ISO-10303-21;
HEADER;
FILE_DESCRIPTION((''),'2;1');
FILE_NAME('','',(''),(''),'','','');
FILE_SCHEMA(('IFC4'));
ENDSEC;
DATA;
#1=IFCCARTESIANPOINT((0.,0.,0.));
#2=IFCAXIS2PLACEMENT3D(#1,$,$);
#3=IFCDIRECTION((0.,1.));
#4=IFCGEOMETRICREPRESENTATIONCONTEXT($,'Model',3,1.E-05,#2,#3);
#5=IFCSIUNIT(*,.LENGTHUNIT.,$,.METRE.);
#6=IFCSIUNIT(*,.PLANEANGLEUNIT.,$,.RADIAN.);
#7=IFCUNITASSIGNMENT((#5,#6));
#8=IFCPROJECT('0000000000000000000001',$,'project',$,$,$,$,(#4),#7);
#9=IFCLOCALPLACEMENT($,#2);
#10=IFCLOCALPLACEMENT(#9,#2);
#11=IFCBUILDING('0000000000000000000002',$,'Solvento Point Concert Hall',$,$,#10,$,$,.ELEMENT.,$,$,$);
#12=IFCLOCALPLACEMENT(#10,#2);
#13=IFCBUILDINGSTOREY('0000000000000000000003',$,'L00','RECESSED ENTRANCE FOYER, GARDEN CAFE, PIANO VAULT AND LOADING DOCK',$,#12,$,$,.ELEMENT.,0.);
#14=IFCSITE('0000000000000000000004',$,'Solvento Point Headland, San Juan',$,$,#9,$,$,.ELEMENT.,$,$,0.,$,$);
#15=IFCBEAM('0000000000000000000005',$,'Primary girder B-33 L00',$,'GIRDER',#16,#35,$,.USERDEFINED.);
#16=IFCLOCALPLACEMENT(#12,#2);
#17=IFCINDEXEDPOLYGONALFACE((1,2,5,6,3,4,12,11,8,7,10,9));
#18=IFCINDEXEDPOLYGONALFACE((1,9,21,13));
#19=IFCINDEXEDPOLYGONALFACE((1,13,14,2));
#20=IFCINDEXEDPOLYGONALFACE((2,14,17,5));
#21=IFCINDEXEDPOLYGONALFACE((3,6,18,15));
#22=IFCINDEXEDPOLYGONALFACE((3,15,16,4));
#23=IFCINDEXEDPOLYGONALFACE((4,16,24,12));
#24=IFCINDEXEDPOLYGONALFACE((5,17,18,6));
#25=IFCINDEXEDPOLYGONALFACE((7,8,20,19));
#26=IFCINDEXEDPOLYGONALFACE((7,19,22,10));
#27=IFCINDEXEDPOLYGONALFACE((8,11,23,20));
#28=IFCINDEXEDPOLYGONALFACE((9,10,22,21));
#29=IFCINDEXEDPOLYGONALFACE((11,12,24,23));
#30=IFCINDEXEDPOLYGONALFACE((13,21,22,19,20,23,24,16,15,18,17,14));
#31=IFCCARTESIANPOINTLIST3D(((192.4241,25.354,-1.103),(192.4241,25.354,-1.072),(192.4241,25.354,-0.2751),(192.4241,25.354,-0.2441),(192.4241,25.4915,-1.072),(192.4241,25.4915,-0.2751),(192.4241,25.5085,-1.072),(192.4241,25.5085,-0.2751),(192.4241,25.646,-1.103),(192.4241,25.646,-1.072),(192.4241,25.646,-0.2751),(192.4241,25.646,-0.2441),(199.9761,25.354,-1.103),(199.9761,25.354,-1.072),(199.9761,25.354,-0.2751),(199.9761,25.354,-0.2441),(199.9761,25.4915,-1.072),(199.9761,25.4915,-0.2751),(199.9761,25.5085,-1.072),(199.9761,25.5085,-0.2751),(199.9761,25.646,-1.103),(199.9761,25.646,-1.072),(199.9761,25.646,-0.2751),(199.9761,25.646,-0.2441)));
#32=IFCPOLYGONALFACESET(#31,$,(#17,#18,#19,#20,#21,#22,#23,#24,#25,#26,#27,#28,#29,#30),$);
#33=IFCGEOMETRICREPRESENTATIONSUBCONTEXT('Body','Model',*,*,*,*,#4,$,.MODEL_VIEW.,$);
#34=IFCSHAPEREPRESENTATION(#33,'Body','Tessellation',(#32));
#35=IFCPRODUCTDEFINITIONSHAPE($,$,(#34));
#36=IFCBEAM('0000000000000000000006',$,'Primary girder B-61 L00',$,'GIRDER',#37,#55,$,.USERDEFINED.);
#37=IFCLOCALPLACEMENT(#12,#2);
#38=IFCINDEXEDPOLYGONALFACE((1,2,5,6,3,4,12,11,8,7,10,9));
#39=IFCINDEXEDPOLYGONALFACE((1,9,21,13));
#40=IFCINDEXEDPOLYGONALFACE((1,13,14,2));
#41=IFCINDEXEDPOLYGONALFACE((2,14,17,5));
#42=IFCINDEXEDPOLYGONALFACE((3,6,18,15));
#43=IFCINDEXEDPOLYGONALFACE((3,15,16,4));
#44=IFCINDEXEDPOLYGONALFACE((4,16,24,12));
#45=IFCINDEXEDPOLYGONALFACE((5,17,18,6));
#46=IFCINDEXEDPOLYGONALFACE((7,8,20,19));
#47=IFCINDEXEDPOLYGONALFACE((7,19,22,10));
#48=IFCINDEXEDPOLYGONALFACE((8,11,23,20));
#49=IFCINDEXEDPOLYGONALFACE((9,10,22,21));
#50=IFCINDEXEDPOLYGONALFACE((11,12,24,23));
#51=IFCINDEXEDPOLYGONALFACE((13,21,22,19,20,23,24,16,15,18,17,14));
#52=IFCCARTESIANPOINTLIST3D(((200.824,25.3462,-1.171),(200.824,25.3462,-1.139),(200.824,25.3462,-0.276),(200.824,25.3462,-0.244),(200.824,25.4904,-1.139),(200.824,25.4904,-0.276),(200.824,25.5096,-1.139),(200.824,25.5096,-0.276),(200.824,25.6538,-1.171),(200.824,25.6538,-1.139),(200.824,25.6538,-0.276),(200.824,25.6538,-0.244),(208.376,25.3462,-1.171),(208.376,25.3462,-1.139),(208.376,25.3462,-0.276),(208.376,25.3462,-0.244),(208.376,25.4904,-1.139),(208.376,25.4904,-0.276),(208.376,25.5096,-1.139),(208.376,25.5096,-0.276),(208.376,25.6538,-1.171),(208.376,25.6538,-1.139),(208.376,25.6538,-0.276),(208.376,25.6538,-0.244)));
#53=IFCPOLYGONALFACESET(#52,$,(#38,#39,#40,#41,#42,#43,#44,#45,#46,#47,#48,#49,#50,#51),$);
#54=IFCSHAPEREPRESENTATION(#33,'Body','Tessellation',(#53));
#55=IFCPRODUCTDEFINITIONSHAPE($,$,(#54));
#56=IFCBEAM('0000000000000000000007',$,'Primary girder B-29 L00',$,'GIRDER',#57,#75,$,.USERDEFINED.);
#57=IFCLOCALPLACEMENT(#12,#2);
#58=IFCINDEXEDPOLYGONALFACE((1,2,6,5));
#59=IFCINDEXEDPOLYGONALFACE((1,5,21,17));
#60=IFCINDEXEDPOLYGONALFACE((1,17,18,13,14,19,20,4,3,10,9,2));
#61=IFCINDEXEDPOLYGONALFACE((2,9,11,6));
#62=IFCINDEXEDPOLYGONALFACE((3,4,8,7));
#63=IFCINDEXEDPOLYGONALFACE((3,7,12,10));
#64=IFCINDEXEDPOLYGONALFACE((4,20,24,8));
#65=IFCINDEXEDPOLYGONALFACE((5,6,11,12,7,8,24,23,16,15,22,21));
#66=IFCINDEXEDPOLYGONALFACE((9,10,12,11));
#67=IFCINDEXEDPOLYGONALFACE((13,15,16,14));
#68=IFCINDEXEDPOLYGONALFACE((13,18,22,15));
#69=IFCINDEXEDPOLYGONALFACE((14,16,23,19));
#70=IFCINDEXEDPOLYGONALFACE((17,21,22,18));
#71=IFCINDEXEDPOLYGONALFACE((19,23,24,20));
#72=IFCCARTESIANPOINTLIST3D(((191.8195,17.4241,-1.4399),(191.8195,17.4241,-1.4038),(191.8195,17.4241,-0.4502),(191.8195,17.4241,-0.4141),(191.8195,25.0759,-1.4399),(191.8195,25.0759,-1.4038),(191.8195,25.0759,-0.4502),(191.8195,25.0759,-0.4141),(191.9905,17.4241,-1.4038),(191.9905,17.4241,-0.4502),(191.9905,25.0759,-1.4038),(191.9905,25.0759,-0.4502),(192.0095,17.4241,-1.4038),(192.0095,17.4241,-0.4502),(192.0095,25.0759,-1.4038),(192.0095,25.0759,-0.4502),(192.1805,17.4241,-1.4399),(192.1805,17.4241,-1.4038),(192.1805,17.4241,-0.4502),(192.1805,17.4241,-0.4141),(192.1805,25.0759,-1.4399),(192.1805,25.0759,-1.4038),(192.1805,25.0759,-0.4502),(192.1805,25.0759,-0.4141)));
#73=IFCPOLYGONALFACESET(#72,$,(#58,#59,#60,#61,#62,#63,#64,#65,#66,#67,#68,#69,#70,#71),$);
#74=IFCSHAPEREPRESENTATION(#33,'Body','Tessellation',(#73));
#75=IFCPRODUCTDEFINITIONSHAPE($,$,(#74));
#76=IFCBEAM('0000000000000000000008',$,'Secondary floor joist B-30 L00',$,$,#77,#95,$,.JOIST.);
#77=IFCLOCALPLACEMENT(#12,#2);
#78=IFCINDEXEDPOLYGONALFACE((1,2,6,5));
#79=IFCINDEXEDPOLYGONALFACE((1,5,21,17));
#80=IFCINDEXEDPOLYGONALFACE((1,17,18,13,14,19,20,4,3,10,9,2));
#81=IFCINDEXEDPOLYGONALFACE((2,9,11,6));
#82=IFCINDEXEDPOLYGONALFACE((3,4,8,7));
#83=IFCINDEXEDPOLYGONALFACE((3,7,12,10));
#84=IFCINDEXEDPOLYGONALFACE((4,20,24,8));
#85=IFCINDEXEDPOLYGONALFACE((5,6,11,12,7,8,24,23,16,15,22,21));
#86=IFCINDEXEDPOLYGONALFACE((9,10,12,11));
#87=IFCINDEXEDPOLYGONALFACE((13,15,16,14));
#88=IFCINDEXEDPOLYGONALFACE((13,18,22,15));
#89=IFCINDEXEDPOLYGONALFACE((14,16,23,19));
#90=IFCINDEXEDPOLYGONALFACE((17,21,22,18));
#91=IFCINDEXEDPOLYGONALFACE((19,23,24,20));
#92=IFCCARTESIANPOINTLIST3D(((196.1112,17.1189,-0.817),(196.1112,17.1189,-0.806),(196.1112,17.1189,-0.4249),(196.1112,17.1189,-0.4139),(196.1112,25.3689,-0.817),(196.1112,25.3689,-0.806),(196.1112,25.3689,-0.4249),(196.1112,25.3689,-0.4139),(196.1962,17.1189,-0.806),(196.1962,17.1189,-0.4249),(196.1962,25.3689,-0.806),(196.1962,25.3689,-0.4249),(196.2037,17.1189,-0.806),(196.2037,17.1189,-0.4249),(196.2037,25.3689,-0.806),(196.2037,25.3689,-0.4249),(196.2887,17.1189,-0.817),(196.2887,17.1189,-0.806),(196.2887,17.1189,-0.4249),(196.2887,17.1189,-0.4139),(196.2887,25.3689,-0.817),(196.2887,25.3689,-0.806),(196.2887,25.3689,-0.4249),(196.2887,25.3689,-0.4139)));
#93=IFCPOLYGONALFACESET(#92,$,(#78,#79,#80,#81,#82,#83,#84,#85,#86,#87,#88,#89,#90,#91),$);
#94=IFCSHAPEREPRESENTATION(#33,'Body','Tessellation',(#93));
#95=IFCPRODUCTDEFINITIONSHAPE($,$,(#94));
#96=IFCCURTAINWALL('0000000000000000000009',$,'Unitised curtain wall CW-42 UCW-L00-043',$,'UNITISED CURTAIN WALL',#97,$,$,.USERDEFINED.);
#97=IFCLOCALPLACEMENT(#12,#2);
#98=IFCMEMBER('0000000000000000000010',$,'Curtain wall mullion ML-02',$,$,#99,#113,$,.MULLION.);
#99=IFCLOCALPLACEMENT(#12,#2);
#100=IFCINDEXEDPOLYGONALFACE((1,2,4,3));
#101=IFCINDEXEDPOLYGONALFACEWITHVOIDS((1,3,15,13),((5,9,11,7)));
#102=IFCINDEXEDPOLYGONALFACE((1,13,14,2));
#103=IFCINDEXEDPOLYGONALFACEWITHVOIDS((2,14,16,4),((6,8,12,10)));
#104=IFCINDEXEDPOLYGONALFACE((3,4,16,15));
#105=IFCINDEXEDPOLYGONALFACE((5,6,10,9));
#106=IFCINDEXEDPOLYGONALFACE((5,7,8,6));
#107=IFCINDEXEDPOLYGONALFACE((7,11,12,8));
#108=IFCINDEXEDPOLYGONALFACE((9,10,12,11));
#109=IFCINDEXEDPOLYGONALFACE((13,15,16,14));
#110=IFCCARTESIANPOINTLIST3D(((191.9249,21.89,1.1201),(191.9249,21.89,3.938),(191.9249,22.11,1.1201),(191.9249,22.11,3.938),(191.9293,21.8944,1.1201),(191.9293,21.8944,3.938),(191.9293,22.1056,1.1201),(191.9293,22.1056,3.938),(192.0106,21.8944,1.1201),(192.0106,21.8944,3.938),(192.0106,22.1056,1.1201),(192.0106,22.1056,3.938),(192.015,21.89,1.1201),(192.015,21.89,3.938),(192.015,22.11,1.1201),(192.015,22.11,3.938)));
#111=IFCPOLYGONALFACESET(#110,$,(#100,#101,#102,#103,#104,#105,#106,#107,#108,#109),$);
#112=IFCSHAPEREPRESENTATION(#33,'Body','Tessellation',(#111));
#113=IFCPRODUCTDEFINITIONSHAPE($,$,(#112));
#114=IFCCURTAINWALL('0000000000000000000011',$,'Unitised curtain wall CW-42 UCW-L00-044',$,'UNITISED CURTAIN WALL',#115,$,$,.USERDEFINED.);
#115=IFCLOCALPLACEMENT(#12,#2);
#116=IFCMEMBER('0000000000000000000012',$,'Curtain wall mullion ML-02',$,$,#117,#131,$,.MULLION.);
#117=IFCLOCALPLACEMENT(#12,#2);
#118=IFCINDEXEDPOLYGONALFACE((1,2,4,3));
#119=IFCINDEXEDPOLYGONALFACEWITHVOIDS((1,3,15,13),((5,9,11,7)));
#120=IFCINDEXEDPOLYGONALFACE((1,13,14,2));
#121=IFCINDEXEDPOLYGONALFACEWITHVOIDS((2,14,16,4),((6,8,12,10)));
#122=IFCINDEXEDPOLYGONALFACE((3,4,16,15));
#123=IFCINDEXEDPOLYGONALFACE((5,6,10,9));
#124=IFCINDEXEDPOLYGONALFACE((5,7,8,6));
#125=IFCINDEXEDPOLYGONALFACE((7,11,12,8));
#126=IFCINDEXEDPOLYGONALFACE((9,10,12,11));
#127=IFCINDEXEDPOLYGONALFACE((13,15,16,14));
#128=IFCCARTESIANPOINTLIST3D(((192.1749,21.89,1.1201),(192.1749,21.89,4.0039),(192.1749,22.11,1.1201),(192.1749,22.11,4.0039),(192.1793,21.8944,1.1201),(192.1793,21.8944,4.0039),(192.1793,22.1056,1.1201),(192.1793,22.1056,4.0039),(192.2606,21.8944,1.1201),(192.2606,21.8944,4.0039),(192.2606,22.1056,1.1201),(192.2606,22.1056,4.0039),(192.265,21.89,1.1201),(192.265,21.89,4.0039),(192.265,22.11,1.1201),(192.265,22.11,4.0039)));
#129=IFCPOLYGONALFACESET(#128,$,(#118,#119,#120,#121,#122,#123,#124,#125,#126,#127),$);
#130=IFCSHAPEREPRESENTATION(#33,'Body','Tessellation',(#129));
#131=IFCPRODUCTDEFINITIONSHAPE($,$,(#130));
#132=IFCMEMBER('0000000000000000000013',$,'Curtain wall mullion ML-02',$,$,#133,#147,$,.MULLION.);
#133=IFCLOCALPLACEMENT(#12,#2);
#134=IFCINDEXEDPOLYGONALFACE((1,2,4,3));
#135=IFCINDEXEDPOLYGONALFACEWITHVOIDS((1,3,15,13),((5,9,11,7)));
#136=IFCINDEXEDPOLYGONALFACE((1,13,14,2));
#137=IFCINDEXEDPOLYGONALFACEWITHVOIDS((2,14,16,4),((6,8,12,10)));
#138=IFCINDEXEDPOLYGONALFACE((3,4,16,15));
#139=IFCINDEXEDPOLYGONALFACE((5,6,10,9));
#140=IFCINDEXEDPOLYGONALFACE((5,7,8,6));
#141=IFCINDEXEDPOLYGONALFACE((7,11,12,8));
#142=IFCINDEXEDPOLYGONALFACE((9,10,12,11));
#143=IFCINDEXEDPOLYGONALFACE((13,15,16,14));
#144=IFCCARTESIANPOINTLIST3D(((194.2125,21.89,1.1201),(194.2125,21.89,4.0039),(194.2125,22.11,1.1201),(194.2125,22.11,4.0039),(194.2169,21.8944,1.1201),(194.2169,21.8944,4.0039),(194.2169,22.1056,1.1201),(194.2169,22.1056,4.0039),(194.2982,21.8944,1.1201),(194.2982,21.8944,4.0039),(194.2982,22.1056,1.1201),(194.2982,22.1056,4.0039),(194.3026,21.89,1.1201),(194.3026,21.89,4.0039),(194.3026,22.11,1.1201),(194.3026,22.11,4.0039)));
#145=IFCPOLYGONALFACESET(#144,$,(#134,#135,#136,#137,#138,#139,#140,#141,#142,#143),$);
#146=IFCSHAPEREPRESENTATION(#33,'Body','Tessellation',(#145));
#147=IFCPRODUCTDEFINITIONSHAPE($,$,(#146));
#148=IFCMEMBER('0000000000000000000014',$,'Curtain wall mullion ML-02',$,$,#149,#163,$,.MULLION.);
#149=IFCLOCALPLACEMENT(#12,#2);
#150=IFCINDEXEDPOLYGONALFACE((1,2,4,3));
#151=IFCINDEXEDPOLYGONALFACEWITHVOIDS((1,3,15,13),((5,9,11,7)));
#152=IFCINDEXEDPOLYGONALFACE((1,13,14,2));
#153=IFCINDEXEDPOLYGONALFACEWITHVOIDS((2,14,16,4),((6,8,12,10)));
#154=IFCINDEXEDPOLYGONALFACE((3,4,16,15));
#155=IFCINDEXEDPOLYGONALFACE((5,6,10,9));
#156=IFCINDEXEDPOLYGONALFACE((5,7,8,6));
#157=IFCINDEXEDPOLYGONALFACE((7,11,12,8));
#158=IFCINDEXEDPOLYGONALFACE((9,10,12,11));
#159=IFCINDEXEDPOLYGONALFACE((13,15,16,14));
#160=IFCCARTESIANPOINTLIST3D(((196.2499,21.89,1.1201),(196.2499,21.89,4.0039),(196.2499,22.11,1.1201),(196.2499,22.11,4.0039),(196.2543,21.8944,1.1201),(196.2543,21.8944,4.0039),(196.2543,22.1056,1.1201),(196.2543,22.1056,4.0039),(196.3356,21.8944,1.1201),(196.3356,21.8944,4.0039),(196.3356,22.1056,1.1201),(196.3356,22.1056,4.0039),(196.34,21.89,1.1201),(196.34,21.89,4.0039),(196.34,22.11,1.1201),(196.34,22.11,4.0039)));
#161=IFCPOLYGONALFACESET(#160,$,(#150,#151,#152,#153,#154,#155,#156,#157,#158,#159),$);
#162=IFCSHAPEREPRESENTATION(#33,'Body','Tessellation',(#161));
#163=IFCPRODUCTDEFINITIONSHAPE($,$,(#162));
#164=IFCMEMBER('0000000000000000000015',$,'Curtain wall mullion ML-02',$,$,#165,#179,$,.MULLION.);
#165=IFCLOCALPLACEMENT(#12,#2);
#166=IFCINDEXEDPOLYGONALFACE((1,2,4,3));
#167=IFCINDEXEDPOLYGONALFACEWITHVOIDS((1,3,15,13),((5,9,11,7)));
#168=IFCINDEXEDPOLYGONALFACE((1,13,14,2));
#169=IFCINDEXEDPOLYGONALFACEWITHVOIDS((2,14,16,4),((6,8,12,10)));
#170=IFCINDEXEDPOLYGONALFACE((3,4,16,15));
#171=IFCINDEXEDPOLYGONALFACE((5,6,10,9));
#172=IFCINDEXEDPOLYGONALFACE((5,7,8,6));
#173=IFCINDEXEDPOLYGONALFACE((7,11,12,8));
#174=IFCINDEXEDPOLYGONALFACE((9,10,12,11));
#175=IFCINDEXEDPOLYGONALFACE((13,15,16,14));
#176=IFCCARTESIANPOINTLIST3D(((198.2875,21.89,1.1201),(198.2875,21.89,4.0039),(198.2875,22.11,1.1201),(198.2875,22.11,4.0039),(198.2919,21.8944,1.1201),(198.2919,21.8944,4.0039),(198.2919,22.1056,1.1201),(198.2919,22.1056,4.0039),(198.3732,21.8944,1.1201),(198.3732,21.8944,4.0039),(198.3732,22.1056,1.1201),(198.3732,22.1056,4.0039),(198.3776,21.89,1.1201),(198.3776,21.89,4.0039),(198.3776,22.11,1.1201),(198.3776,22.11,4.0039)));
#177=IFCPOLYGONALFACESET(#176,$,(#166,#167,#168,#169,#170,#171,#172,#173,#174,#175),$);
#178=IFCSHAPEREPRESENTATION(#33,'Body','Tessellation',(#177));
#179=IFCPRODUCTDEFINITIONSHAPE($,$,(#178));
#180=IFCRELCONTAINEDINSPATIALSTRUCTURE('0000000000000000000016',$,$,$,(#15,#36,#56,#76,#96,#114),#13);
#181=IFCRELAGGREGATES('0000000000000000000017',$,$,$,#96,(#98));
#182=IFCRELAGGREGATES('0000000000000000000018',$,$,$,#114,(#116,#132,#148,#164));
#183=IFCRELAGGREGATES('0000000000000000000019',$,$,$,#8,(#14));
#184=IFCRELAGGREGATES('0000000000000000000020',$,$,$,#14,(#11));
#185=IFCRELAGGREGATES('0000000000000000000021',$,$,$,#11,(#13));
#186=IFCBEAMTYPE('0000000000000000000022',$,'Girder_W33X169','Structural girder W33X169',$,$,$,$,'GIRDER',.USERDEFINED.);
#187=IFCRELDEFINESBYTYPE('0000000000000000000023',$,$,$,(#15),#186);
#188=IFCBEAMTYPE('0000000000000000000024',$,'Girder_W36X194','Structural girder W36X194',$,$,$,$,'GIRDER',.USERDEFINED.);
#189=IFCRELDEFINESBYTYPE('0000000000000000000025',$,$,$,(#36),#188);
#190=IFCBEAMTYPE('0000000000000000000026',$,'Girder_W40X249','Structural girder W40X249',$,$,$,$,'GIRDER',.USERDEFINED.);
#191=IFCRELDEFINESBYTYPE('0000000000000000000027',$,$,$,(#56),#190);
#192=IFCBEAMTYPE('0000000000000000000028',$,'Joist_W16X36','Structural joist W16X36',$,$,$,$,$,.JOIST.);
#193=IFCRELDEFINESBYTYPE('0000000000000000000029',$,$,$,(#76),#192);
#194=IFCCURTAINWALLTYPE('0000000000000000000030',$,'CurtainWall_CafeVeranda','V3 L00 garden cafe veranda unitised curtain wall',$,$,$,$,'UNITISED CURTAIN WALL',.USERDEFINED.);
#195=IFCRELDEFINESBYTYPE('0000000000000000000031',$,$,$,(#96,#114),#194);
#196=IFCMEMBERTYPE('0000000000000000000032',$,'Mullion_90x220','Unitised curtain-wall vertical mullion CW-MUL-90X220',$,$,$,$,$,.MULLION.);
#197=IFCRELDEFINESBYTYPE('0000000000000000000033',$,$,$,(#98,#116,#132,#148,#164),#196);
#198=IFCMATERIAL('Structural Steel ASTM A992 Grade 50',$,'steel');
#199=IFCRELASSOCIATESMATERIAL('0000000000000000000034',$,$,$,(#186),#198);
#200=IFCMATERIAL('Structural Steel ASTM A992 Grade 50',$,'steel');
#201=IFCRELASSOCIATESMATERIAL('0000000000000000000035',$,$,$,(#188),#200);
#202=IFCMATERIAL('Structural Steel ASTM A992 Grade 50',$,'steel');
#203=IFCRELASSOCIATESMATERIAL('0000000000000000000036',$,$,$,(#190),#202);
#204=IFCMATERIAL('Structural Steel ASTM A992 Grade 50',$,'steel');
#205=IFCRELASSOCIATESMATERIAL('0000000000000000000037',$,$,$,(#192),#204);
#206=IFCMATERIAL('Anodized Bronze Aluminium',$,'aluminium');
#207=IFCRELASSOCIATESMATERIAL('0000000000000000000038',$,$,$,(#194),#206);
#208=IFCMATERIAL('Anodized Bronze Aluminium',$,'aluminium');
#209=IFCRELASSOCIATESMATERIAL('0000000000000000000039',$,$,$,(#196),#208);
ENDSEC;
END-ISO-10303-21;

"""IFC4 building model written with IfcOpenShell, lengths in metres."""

from ifc_helpers import new_model, si_unit, direction, frame, origin, origin_2d, place, context, subcontext, project, spatial, hollow_rectangle, i_section, extrude, material, material_profile, profile_set, type_object, element, aggregate, save


model = new_model("IFC4")

# Units and contexts
model_context = context("Model", 3, precision=1e-05, world=origin(), true_north=direction((0.0, 1.0)))
body_context = subcontext(model_context, "Body", "Model", "MODEL_VIEW")
ifc_project = project(units=[si_unit("LENGTHUNIT", "METRE"), si_unit("PLANEANGLEUNIT", "RADIAN")], contexts=[model_context])

# Site, building, storey
site_placement = place(None, origin())
site = spatial("IfcSite", under=ifc_project, at=site_placement, Name="Solvento Point Headland, San Juan", CompositionType="ELEMENT", RefElevation=0.0)
building_placement = place(site_placement, origin())
building = spatial("IfcBuilding", under=site, at=building_placement, Name="Solvento Point Concert Hall", CompositionType="ELEMENT")
storey_placement = place(building_placement, origin())
storey = spatial("IfcBuildingStorey", under=building, at=storey_placement, Name="L00", Description="RECESSED ENTRANCE FOYER, GARDEN CAFE, PIANO VAULT AND LOADING DOCK", CompositionType="ELEMENT", Elevation=0.0)

# Beams
ifc_material_1 = material(Name="Structural Steel ASTM A992 Grade 50", Category="steel")
ifc_material_profile_1 = material_profile(ifc_material_1, i_section(OverallWidth=0.292, OverallDepth=0.8589, WebThickness=0.0171, FlangeThickness=0.031, at=origin_2d()), Name="W33X169")
ifc_profile_set_1 = profile_set([ifc_material_profile_1], Name="Structural Steel ASTM A992 Grade 50")
beam_type_1 = type_object("IfcBeamType", Name="Girder_W33X169", Description="Structural girder W33X169", ElementType="GIRDER", PredefinedType="USERDEFINED", material=ifc_profile_set_1)
for number, where, z_axis, x_axis, name in (
    (1, (192.4241, 25.5, -0.6736), (1.0, 0.0, 0.0), (0.0, 1.0, 0.0), "Primary girder B-33 L00"),
):
    element("IfcBeam", number, at=place(storey_placement, frame(where, z_axis=z_axis, x_axis=x_axis)), inside=storey, type_object=beam_type_1, Name=name, ObjectType="GIRDER", PredefinedType="USERDEFINED", context=body_context, shape_type="SweptSolid", body=[
        extrude(i_section(OverallWidth=0.292, OverallDepth=0.8589, WebThickness=0.0171, FlangeThickness=0.031, at=origin_2d()), origin(), (0.0, 0.0, 1.0), 7.552),
    ])
ifc_material_2 = material(Name="Structural Steel ASTM A992 Grade 50", Category="steel")
ifc_material_profile_2 = material_profile(ifc_material_2, i_section(OverallWidth=0.3076, OverallDepth=0.927, WebThickness=0.0193, FlangeThickness=0.032, at=origin_2d()), Name="W36X194")
ifc_profile_set_2 = profile_set([ifc_material_profile_2], Name="Structural Steel ASTM A992 Grade 50")
beam_type_2 = type_object("IfcBeamType", Name="Girder_W36X194", Description="Structural girder W36X194", ElementType="GIRDER", PredefinedType="USERDEFINED", material=ifc_profile_set_2)
beam_1_placement = place(storey_placement, frame((200.824, 25.5, -0.7075), z_axis=(1.0, 0.0, 0.0), x_axis=(0.0, 1.0, 0.0)))
element("IfcBeam", 2, at=beam_1_placement, inside=storey, type_object=beam_type_2, Name="Primary girder B-61 L00", ObjectType="GIRDER", PredefinedType="USERDEFINED", context=body_context, shape_type="SweptSolid", body=[
    extrude(i_section(OverallWidth=0.3076, OverallDepth=0.927, WebThickness=0.0193, FlangeThickness=0.032, at=origin_2d()), origin(), (0.0, 0.0, 1.0), 7.552),
])
ifc_material_3 = material(Name="Structural Steel ASTM A992 Grade 50", Category="steel")
ifc_material_profile_3 = material_profile(ifc_material_3, i_section(OverallWidth=0.3611, OverallDepth=1.0259, WebThickness=0.019, FlangeThickness=0.0361, at=origin_2d()), Name="W40X249")
ifc_profile_set_3 = profile_set([ifc_material_profile_3], Name="Structural Steel ASTM A992 Grade 50")
beam_type_3 = type_object("IfcBeamType", Name="Girder_W40X249", Description="Structural girder W40X249", ElementType="GIRDER", PredefinedType="USERDEFINED", material=ifc_profile_set_3)
beam_2_placement = place(storey_placement, frame((192.0, 17.4241, -0.927), z_axis=(0.0, 1.0, 0.0), x_axis=(-1.0, 0.0, 0.0)))
element("IfcBeam", 3, at=beam_2_placement, inside=storey, type_object=beam_type_3, Name="Primary girder B-29 L00", ObjectType="GIRDER", PredefinedType="USERDEFINED", context=body_context, shape_type="SweptSolid", body=[
    extrude(i_section(OverallWidth=0.3611, OverallDepth=1.0259, WebThickness=0.019, FlangeThickness=0.0361, at=origin_2d()), origin(), (0.0, 0.0, 1.0), 7.6519),
])
ifc_material_4 = material(Name="Structural Steel ASTM A992 Grade 50", Category="steel")
ifc_material_profile_4 = material_profile(ifc_material_4, i_section(OverallWidth=0.1775, OverallDepth=0.4031, WebThickness=0.0076, FlangeThickness=0.011, at=origin_2d()), Name="W16X36")
ifc_profile_set_4 = profile_set([ifc_material_profile_4], Name="Structural Steel ASTM A992 Grade 50")
beam_type_4 = type_object("IfcBeamType", Name="Joist_W16X36", Description="Structural joist W16X36", PredefinedType="JOIST", material=ifc_profile_set_4)
beam_3_placement = place(storey_placement, frame((196.2, 17.1189, -0.6155), z_axis=(0.0, 1.0, 0.0), x_axis=(-1.0, 0.0, 0.0)))
element("IfcBeam", 4, at=beam_3_placement, inside=storey, type_object=beam_type_4, Name="Secondary floor joist B-30 L00", PredefinedType="JOIST", context=body_context, shape_type="SweptSolid", body=[
    extrude(i_section(OverallWidth=0.1775, OverallDepth=0.4031, WebThickness=0.0076, FlangeThickness=0.011, at=origin_2d()), origin(), (0.0, 0.0, 1.0), 8.25),
])

# Curtain wall, member
ifc_material_5 = material(Name="Anodized Bronze Aluminium", Category="aluminium")
curtain_wall_type = type_object("IfcCurtainWallType", Name="CurtainWall_CafeVeranda", Description="V3 L00 garden cafe veranda unitised curtain wall", ElementType="UNITISED CURTAIN WALL", PredefinedType="USERDEFINED", material=ifc_material_5)
curtain_wall_1_placement = place(storey_placement, origin())
curtain_wall_1 = element("IfcCurtainWall", 5, at=curtain_wall_1_placement, inside=storey, type_object=curtain_wall_type, Name="Unitised curtain wall CW-42 UCW-L00-043", ObjectType="UNITISED CURTAIN WALL", PredefinedType="USERDEFINED")
ifc_material_6 = material(Name="Anodized Bronze Aluminium", Category="aluminium")
ifc_material_profile_5 = material_profile(ifc_material_6, hollow_rectangle(XDim=0.0901, YDim=0.22, WallThickness=0.0044, at=origin_2d()), Name="CW-MUL-90X220")
ifc_profile_set_5 = profile_set([ifc_material_profile_5], Name="Anodized Bronze Aluminium")
member_type_1 = type_object("IfcMemberType", Name="Mullion_90x220", Description="Unitised curtain-wall vertical mullion CW-MUL-90X220", PredefinedType="MULLION", material=ifc_profile_set_5)
member_1_placement = place(storey_placement, frame((191.97, 22.0, 1.1201), z_axis=(0.0, 0.0, 1.0), x_axis=(1.0, 0.0, 0.0)))
member_1 = element("IfcMember", 6, at=member_1_placement, type_object=member_type_1, Name="Curtain wall mullion ML-02", PredefinedType="MULLION", context=body_context, shape_type="SweptSolid", body=[
    extrude(hollow_rectangle(XDim=0.0901, YDim=0.22, WallThickness=0.0044, at=origin_2d()), origin(), (0.0, 0.0, 1.0), 2.8179),
])

# Curtain wall, members
curtain_wall_2_placement = place(storey_placement, origin())
curtain_wall_2 = element("IfcCurtainWall", 7, at=curtain_wall_2_placement, inside=storey, type_object=curtain_wall_type, Name="Unitised curtain wall CW-42 UCW-L00-044", ObjectType="UNITISED CURTAIN WALL", PredefinedType="USERDEFINED")
member_2_placement = place(storey_placement, frame((192.22, 22.0, 1.1201), z_axis=(0.0, 0.0, 1.0), x_axis=(1.0, 0.0, 0.0)))
member_2 = element("IfcMember", 8, at=member_2_placement, type_object=member_type_1, Name="Curtain wall mullion ML-02", PredefinedType="MULLION", context=body_context, shape_type="SweptSolid", body=[
    extrude(hollow_rectangle(XDim=0.0901, YDim=0.22, WallThickness=0.0044, at=origin_2d()), origin(), (0.0, 0.0, 1.0), 2.8838),
])
member_3_placement = place(storey_placement, frame((194.2576, 22.0, 1.1201), z_axis=(0.0, 0.0, 1.0), x_axis=(1.0, 0.0, 0.0)))
member_3 = element("IfcMember", 9, at=member_3_placement, type_object=member_type_1, Name="Curtain wall mullion ML-02", PredefinedType="MULLION", context=body_context, shape_type="SweptSolid", body=[
    extrude(hollow_rectangle(XDim=0.0901, YDim=0.22, WallThickness=0.0044, at=origin_2d()), origin(), (0.0, 0.0, 1.0), 2.8838),
])
member_4_placement = place(storey_placement, frame((196.2949, 22.0, 1.1201), z_axis=(0.0, 0.0, 1.0), x_axis=(1.0, 0.0, 0.0)))
member_4 = element("IfcMember", 10, at=member_4_placement, type_object=member_type_1, Name="Curtain wall mullion ML-02", PredefinedType="MULLION", context=body_context, shape_type="SweptSolid", body=[
    extrude(hollow_rectangle(XDim=0.0901, YDim=0.22, WallThickness=0.0044, at=origin_2d()), origin(), (0.0, 0.0, 1.0), 2.8838),
])
member_5_placement = place(storey_placement, frame((198.3325, 22.0, 1.1201), z_axis=(0.0, 0.0, 1.0), x_axis=(1.0, 0.0, 0.0)))
member_5 = element("IfcMember", 11, at=member_5_placement, type_object=member_type_1, Name="Curtain wall mullion ML-02", PredefinedType="MULLION", context=body_context, shape_type="SweptSolid", body=[
    extrude(hollow_rectangle(XDim=0.0901, YDim=0.22, WallThickness=0.0044, at=origin_2d()), origin(), (0.0, 0.0, 1.0), 2.8838),
])

aggregate(curtain_wall_1, [member_1])
aggregate(curtain_wall_2, [member_2, member_3, member_4, member_5])

save(model, "model.ifc")
